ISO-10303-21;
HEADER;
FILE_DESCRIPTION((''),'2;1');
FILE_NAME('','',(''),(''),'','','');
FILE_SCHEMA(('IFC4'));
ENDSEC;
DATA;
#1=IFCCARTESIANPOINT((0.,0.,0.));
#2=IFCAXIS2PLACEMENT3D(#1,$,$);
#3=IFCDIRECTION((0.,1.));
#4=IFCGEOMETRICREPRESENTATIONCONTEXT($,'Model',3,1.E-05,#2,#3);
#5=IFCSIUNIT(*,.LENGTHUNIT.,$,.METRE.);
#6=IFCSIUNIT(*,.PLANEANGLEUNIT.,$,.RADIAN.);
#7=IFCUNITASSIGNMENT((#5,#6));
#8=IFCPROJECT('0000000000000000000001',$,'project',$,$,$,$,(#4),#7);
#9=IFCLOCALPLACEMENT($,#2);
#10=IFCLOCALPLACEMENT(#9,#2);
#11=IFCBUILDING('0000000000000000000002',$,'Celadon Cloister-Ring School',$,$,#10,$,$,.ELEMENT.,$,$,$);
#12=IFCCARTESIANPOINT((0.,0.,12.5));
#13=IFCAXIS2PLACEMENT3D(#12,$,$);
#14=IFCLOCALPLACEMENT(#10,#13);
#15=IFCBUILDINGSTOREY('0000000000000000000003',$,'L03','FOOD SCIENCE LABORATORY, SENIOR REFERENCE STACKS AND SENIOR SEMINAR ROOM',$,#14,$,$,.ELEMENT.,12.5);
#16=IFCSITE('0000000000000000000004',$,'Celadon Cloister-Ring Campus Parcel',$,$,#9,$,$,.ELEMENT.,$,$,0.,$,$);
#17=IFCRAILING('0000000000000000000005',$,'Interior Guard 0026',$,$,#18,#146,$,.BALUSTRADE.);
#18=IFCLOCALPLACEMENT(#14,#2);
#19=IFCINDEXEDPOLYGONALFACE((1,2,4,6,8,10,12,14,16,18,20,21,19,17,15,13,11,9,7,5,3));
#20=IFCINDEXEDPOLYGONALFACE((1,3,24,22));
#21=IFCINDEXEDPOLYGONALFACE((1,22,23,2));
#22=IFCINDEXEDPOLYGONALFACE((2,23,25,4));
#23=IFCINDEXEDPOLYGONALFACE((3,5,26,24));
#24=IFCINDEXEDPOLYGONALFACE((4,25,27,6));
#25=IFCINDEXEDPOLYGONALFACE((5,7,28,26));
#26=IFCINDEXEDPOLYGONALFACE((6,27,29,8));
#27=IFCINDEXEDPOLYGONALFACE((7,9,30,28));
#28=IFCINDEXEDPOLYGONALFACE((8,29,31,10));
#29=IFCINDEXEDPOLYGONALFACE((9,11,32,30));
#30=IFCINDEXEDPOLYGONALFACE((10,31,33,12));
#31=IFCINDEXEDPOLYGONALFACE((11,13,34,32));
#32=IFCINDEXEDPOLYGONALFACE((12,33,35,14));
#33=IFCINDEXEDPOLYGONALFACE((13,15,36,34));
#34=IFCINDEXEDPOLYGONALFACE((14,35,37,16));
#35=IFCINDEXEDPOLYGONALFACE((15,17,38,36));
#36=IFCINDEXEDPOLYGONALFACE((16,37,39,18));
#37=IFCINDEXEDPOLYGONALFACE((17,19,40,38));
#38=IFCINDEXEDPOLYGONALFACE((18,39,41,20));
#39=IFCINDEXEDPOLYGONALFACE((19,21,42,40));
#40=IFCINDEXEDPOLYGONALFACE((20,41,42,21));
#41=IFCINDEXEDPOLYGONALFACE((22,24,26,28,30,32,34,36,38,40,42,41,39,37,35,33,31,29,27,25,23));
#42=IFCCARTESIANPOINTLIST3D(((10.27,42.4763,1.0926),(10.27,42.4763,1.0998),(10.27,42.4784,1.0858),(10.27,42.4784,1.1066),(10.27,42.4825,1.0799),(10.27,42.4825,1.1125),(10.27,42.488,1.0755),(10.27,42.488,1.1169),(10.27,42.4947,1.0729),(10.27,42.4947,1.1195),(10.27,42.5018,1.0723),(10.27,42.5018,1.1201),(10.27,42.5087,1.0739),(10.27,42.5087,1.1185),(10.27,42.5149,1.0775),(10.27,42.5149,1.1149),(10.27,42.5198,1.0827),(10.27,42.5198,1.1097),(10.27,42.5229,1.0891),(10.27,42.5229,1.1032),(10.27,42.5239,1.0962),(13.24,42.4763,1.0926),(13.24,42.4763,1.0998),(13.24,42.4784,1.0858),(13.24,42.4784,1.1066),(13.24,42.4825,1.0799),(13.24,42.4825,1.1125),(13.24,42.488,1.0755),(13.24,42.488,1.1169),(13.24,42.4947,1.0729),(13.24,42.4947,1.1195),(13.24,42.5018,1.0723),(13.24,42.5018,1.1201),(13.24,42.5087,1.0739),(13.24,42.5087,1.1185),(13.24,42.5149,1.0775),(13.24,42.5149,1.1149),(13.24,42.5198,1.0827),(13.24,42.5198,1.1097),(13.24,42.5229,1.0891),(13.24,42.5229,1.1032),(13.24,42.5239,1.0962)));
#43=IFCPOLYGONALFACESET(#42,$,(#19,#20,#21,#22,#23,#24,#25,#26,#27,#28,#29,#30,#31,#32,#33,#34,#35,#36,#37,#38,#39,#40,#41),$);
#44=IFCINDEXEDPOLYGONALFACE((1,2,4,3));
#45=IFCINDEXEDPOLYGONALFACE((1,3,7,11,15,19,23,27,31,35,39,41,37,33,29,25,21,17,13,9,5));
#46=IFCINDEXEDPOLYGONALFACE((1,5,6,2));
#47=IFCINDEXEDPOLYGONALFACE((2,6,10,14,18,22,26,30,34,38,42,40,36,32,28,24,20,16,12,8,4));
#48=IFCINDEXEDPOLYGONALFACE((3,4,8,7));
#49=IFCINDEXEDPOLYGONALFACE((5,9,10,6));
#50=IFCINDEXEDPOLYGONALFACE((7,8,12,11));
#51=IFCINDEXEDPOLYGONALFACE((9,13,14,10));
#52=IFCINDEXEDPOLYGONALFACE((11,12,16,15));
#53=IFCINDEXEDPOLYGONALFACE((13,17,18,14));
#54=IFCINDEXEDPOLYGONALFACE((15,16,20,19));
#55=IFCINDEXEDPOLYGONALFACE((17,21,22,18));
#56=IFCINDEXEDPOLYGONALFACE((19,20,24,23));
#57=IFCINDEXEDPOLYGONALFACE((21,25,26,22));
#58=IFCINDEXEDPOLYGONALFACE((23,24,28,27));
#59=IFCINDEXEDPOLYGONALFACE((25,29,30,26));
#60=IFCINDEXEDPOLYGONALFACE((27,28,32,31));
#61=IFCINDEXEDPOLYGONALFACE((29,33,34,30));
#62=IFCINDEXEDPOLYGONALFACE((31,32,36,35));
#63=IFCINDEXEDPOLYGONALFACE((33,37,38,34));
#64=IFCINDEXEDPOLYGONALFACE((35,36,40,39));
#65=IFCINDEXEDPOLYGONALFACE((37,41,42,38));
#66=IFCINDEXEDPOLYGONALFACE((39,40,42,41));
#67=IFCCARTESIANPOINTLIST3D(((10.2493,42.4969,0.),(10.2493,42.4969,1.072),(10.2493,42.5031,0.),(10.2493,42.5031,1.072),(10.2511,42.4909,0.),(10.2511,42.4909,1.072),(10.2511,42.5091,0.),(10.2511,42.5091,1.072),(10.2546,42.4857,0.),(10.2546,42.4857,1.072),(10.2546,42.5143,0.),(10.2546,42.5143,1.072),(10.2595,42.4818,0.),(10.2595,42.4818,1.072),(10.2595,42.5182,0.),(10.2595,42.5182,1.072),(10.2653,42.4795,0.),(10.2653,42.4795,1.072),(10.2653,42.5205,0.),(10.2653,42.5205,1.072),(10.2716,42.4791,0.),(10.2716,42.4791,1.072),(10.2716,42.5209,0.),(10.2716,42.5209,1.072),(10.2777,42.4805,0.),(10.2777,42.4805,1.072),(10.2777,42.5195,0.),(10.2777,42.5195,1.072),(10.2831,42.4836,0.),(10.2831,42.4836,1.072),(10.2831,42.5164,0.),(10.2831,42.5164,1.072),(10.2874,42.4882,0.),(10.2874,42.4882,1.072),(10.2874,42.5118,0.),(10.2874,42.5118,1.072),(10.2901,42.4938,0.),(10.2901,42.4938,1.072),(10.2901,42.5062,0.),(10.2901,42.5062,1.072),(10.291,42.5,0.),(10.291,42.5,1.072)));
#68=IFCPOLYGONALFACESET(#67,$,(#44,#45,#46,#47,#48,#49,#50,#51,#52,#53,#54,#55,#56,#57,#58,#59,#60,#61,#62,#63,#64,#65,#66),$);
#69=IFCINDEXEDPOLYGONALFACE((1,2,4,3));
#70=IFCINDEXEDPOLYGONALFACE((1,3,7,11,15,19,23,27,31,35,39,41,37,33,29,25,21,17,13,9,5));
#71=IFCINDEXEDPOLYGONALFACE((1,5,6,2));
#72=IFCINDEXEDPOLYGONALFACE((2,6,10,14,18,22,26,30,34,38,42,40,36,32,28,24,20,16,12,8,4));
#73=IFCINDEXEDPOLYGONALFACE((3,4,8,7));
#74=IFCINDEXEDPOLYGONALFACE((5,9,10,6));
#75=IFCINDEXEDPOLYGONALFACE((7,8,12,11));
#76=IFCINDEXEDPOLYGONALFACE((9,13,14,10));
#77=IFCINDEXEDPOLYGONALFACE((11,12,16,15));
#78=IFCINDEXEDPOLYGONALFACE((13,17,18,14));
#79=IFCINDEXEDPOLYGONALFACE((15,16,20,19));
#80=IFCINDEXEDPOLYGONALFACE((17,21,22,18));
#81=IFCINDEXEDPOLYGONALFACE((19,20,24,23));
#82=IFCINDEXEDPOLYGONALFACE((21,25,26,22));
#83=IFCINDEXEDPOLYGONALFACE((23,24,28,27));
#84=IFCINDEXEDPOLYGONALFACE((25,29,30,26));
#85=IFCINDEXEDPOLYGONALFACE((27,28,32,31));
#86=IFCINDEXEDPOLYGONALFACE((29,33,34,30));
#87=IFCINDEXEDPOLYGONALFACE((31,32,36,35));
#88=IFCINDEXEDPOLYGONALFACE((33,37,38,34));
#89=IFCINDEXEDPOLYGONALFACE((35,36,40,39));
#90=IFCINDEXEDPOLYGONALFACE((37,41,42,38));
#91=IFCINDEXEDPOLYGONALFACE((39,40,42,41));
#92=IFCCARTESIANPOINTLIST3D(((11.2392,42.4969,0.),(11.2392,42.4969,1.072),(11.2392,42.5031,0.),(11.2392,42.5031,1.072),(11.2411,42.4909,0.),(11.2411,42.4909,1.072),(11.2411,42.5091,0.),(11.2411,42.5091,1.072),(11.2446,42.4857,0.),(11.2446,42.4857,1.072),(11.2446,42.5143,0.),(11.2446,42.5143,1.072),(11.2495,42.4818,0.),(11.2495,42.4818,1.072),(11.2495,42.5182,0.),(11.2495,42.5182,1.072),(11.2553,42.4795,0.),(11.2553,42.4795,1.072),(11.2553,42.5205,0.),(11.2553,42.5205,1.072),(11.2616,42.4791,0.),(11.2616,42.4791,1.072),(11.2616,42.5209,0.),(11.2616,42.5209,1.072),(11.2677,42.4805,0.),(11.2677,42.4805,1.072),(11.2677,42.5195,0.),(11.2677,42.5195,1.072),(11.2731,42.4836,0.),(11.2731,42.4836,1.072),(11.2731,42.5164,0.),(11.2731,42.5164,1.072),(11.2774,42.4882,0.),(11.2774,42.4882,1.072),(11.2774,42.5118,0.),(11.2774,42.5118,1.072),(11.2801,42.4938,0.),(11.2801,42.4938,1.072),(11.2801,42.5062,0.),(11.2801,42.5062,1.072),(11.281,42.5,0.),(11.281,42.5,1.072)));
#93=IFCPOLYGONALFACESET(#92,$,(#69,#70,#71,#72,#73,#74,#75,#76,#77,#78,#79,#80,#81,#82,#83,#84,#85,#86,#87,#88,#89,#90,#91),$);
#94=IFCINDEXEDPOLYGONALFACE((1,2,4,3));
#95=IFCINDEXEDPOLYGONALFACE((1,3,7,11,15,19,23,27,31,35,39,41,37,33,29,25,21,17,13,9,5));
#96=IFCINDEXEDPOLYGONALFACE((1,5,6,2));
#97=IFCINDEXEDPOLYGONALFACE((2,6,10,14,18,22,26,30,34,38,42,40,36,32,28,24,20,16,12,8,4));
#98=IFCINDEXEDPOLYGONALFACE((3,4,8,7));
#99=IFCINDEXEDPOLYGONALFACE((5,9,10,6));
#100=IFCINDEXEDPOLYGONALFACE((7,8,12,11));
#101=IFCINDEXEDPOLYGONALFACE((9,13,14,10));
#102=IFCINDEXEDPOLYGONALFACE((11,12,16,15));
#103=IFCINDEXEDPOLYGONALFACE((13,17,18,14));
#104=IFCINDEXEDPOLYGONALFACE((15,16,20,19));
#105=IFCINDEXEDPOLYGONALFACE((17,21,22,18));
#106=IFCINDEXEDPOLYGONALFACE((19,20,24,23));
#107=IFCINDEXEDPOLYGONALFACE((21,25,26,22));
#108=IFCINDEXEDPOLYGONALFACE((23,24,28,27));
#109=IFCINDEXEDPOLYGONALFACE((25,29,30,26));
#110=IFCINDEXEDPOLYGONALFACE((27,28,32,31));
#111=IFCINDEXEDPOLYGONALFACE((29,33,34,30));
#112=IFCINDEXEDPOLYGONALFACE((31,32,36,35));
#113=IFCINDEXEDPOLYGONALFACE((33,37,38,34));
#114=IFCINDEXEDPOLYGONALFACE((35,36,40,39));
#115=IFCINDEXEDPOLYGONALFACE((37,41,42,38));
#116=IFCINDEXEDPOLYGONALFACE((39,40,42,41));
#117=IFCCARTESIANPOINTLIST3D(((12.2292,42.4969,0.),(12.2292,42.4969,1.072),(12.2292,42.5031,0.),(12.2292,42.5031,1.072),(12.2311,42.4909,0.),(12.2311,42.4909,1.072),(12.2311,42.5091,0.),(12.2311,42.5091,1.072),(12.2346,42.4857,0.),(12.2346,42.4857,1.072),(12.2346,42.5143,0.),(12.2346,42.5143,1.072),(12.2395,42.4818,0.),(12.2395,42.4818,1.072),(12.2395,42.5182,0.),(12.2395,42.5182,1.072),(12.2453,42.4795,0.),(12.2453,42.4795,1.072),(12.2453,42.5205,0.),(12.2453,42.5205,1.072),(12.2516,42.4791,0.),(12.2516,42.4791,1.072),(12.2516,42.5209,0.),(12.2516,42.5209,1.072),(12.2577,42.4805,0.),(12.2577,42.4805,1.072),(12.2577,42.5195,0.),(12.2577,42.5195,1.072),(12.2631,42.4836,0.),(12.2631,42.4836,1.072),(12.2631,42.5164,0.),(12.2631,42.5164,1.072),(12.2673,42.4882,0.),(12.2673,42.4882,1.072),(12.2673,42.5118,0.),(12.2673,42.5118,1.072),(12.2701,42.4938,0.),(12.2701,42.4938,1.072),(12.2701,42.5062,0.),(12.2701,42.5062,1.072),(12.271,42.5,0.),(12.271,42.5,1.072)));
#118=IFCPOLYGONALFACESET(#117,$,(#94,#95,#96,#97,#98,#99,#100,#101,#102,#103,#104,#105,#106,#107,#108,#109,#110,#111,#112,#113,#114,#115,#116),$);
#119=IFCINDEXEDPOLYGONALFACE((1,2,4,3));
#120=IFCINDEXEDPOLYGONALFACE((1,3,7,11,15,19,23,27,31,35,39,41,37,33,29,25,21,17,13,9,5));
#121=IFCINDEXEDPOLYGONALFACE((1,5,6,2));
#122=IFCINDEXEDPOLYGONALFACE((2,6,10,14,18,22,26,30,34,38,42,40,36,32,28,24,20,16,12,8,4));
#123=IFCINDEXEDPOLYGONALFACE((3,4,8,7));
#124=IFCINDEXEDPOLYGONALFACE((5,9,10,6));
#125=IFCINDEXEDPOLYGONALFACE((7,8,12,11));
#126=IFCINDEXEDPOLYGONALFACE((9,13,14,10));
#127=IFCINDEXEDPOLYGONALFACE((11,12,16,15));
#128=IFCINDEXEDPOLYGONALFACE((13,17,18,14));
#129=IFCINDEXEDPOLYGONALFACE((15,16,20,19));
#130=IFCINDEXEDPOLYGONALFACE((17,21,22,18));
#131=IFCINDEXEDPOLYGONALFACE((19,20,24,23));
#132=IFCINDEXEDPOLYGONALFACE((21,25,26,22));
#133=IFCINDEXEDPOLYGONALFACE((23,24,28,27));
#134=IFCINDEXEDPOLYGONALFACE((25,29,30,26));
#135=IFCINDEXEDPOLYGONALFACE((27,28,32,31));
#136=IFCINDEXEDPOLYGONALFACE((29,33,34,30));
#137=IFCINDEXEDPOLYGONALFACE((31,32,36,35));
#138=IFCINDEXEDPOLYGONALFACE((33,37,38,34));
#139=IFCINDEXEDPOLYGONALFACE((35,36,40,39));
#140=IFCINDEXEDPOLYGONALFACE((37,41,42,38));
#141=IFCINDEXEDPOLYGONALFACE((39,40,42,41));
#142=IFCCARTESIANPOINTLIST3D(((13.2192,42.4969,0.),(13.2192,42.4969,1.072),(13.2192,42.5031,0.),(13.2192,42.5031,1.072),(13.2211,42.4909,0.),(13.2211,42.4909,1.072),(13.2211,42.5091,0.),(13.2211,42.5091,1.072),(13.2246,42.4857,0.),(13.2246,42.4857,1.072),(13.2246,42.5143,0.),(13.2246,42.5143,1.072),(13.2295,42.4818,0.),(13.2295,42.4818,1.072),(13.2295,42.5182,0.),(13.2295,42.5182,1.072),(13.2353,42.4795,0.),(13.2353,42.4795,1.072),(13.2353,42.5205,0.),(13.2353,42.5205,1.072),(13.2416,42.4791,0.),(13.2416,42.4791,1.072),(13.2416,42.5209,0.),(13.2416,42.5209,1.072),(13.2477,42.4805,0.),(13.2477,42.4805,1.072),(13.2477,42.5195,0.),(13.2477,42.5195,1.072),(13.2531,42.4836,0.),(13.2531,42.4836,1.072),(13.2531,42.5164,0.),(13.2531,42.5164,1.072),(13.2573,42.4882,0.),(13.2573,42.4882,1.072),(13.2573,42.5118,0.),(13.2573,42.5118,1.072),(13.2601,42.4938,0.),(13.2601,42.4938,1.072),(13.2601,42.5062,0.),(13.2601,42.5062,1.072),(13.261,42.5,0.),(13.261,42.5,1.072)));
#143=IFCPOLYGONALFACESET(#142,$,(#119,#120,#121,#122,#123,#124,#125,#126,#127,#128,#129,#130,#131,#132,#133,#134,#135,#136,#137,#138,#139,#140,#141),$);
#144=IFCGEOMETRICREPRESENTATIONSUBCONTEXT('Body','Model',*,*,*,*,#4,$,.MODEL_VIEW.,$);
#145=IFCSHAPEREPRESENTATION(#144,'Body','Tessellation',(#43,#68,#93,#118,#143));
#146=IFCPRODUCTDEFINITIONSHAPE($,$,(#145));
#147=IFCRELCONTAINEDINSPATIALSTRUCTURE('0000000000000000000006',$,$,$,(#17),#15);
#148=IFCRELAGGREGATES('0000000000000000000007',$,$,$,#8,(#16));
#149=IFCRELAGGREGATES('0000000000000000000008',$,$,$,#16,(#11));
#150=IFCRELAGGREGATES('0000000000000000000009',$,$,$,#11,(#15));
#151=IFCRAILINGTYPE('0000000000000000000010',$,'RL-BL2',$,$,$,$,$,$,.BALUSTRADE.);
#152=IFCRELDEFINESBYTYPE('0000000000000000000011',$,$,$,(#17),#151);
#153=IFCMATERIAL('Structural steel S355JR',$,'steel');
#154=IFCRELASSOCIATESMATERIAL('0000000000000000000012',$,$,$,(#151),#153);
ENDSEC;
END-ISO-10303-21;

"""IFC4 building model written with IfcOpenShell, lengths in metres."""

from ifc_helpers import new_model, si_unit, direction, frame, origin, origin_2d, place, context, subcontext, project, spatial, circle, extrude, material, type_object, element, save


model = new_model("IFC4")

# Units and contexts
model_context = context("Model", 3, precision=1e-05, world=origin(), true_north=direction((0.0, 1.0)))
body_context = subcontext(model_context, "Body", "Model", "MODEL_VIEW")
ifc_project = project(units=[si_unit("LENGTHUNIT", "METRE"), si_unit("PLANEANGLEUNIT", "RADIAN")], contexts=[model_context])

# Site, building, storey
site_placement = place(None, origin())
site = spatial("IfcSite", under=ifc_project, at=site_placement, Name="Celadon Cloister-Ring Campus Parcel", CompositionType="ELEMENT", RefElevation=0.0)
building_placement = place(site_placement, origin())
building = spatial("IfcBuilding", under=site, at=building_placement, Name="Celadon Cloister-Ring School", CompositionType="ELEMENT")
storey_placement = place(building_placement, frame((0.0, 0.0, 12.5)))
storey = spatial("IfcBuildingStorey", under=building, at=storey_placement, Name="L03", Description="FOOD SCIENCE LABORATORY, SENIOR REFERENCE STACKS AND SENIOR SEMINAR ROOM", CompositionType="ELEMENT", Elevation=12.5)

# Railing
ifc_material_1 = material(Name="Structural steel S355JR", Category="steel")
railing_type_1 = type_object("IfcRailingType", Name="RL-BL2", PredefinedType="BALUSTRADE", material=ifc_material_1)
railing_1_placement = place(storey_placement, frame((10.27, 42.5, 0.0)))
element("IfcRailing", 1, at=railing_1_placement, inside=storey, type_object=railing_type_1, Name="Interior Guard 0026", PredefinedType="BALUSTRADE", context=body_context, shape_type="SweptSolid", body=[
    extrude(circle(Radius=0.0239, at=origin_2d()), frame((0.0, 0.0, 1.0962), z_axis=(1.0, 0.0, 0.0), x_axis=(0.0, 1.0, 0.0)), (0.0, 0.0, 1.0), 2.97),
    extrude(circle(Radius=0.021, at=origin_2d()), origin(), (0.0, 0.0, 1.0), 1.072),
    extrude(circle(Radius=0.021, at=origin_2d()), frame((0.99, 0.0, 0.0)), (0.0, 0.0, 1.0), 1.072),
    extrude(circle(Radius=0.021, at=origin_2d()), frame((1.98, 0.0, 0.0)), (0.0, 0.0, 1.0), 1.072),
    extrude(circle(Radius=0.021, at=origin_2d()), frame((2.97, 0.0, 0.0)), (0.0, 0.0, 1.0), 1.072),
])

save(model, "model.ifc")
